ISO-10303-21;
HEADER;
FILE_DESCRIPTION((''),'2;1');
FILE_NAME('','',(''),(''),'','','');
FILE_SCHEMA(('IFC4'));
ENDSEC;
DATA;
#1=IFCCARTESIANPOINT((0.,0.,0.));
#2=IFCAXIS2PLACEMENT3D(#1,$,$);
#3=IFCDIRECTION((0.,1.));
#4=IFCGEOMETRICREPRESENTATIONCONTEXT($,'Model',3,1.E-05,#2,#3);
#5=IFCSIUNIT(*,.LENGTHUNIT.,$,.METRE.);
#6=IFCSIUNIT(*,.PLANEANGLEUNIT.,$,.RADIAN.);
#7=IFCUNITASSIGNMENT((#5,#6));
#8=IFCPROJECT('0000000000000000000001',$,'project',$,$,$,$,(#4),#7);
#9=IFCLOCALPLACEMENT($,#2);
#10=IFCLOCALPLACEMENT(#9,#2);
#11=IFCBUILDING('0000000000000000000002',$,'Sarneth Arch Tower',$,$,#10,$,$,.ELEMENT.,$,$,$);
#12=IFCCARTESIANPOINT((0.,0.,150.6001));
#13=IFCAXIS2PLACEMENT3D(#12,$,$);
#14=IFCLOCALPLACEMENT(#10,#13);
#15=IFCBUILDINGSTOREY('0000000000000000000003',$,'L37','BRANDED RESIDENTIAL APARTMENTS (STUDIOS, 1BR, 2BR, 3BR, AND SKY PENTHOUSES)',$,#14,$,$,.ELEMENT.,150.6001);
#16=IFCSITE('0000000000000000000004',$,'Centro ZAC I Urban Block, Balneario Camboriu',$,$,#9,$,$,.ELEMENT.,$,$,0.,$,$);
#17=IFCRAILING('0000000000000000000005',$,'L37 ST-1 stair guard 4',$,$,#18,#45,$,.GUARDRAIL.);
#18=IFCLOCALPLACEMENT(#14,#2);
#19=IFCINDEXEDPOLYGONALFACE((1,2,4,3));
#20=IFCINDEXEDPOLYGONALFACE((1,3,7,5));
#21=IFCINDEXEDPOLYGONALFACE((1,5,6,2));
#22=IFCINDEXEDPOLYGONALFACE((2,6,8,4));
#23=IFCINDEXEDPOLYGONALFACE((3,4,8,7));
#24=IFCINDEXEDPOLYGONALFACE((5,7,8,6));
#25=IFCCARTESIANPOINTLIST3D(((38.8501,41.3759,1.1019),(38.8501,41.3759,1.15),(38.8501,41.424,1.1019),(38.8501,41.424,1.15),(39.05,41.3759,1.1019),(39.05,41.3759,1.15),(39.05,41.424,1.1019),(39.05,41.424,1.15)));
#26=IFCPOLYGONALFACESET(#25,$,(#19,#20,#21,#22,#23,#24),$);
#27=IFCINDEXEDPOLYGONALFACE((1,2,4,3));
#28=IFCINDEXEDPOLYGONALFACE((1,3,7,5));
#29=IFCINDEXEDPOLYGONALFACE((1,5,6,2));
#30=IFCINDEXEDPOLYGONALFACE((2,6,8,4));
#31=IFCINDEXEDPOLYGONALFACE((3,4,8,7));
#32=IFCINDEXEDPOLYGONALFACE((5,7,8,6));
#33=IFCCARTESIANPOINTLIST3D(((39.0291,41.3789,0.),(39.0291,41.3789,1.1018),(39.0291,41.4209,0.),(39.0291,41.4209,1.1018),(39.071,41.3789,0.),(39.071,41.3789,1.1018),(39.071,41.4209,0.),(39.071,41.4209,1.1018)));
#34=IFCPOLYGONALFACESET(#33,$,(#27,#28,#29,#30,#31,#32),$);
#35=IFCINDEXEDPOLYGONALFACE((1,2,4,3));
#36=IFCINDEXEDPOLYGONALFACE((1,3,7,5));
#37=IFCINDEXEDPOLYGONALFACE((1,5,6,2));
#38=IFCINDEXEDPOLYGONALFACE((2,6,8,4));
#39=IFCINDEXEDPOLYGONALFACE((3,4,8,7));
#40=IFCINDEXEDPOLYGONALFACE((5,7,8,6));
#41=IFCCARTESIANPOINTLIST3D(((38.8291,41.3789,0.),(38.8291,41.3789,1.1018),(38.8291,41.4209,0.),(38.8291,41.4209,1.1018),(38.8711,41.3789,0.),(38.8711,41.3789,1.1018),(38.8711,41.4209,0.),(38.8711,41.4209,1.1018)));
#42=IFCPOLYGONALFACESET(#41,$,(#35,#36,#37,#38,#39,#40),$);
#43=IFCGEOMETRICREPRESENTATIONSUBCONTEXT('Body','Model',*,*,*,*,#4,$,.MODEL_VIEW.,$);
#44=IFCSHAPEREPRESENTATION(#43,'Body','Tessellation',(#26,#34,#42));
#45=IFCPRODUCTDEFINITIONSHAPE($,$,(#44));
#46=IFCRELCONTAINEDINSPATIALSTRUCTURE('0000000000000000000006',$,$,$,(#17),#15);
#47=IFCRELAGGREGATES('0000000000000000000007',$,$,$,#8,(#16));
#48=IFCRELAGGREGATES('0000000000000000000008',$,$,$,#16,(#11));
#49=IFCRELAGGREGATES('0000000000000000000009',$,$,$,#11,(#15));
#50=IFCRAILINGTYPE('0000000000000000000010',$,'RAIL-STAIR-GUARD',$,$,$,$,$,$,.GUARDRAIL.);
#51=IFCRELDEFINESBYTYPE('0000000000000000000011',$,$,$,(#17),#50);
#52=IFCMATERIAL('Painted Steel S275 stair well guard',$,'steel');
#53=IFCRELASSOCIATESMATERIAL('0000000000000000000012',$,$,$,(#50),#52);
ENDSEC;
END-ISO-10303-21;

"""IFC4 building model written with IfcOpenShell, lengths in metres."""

from ifc_helpers import new_model, si_unit, direction, frame, origin, origin_2d, place, context, subcontext, project, spatial, rectangle, extrude, material, type_object, element, save


model = new_model("IFC4")

# Units and contexts
model_context = context("Model", 3, precision=1e-05, world=origin(), true_north=direction((0.0, 1.0)))
body_context = subcontext(model_context, "Body", "Model", "MODEL_VIEW")
ifc_project = project(units=[si_unit("LENGTHUNIT", "METRE"), si_unit("PLANEANGLEUNIT", "RADIAN")], contexts=[model_context])

# Site, building, storey
site_placement = place(None, origin())
site = spatial("IfcSite", under=ifc_project, at=site_placement, Name="Centro ZAC I Urban Block, Balneario Camboriu", CompositionType="ELEMENT", RefElevation=0.0)
building_placement = place(site_placement, origin())
building = spatial("IfcBuilding", under=site, at=building_placement, Name="Sarneth Arch Tower", CompositionType="ELEMENT")
storey_placement = place(building_placement, frame((0.0, 0.0, 150.6001)))
storey = spatial("IfcBuildingStorey", under=building, at=storey_placement, Name="L37", Description="BRANDED RESIDENTIAL APARTMENTS (STUDIOS, 1BR, 2BR, 3BR, AND SKY PENTHOUSES)", CompositionType="ELEMENT", Elevation=150.6001)

# Railing
ifc_material_1 = material(Name="Painted Steel S275 stair well guard", Category="steel")
railing_type_1 = type_object("IfcRailingType", Name="RAIL-STAIR-GUARD", PredefinedType="GUARDRAIL", material=ifc_material_1)
railing_1_placement = place(storey_placement, frame((39.05, 41.3999, 0.0)))
element("IfcRailing", 1, at=railing_1_placement, inside=storey, type_object=railing_type_1, Name="L37 ST-1 stair guard 4", PredefinedType="GUARDRAIL", context=body_context, shape_type="SweptSolid", body=[
    extrude(rectangle(XDim=0.0481, YDim=0.0481, at=origin_2d()), frame((0.0, 0.0, 1.126), z_axis=(-1.0, 0.0, 0.0), x_axis=(0.0, -1.0, 0.0)), (0.0, 0.0, 1.0), 0.2),
    extrude(rectangle(XDim=0.042, YDim=0.042, at=origin_2d()), origin(), (0.0, 0.0, 1.0), 1.1018),
    extrude(rectangle(XDim=0.042, YDim=0.042, at=origin_2d()), frame((-0.2, 0.0, 0.0)), (0.0, 0.0, 1.0), 1.1018),
])

save(model, "model.ifc")
